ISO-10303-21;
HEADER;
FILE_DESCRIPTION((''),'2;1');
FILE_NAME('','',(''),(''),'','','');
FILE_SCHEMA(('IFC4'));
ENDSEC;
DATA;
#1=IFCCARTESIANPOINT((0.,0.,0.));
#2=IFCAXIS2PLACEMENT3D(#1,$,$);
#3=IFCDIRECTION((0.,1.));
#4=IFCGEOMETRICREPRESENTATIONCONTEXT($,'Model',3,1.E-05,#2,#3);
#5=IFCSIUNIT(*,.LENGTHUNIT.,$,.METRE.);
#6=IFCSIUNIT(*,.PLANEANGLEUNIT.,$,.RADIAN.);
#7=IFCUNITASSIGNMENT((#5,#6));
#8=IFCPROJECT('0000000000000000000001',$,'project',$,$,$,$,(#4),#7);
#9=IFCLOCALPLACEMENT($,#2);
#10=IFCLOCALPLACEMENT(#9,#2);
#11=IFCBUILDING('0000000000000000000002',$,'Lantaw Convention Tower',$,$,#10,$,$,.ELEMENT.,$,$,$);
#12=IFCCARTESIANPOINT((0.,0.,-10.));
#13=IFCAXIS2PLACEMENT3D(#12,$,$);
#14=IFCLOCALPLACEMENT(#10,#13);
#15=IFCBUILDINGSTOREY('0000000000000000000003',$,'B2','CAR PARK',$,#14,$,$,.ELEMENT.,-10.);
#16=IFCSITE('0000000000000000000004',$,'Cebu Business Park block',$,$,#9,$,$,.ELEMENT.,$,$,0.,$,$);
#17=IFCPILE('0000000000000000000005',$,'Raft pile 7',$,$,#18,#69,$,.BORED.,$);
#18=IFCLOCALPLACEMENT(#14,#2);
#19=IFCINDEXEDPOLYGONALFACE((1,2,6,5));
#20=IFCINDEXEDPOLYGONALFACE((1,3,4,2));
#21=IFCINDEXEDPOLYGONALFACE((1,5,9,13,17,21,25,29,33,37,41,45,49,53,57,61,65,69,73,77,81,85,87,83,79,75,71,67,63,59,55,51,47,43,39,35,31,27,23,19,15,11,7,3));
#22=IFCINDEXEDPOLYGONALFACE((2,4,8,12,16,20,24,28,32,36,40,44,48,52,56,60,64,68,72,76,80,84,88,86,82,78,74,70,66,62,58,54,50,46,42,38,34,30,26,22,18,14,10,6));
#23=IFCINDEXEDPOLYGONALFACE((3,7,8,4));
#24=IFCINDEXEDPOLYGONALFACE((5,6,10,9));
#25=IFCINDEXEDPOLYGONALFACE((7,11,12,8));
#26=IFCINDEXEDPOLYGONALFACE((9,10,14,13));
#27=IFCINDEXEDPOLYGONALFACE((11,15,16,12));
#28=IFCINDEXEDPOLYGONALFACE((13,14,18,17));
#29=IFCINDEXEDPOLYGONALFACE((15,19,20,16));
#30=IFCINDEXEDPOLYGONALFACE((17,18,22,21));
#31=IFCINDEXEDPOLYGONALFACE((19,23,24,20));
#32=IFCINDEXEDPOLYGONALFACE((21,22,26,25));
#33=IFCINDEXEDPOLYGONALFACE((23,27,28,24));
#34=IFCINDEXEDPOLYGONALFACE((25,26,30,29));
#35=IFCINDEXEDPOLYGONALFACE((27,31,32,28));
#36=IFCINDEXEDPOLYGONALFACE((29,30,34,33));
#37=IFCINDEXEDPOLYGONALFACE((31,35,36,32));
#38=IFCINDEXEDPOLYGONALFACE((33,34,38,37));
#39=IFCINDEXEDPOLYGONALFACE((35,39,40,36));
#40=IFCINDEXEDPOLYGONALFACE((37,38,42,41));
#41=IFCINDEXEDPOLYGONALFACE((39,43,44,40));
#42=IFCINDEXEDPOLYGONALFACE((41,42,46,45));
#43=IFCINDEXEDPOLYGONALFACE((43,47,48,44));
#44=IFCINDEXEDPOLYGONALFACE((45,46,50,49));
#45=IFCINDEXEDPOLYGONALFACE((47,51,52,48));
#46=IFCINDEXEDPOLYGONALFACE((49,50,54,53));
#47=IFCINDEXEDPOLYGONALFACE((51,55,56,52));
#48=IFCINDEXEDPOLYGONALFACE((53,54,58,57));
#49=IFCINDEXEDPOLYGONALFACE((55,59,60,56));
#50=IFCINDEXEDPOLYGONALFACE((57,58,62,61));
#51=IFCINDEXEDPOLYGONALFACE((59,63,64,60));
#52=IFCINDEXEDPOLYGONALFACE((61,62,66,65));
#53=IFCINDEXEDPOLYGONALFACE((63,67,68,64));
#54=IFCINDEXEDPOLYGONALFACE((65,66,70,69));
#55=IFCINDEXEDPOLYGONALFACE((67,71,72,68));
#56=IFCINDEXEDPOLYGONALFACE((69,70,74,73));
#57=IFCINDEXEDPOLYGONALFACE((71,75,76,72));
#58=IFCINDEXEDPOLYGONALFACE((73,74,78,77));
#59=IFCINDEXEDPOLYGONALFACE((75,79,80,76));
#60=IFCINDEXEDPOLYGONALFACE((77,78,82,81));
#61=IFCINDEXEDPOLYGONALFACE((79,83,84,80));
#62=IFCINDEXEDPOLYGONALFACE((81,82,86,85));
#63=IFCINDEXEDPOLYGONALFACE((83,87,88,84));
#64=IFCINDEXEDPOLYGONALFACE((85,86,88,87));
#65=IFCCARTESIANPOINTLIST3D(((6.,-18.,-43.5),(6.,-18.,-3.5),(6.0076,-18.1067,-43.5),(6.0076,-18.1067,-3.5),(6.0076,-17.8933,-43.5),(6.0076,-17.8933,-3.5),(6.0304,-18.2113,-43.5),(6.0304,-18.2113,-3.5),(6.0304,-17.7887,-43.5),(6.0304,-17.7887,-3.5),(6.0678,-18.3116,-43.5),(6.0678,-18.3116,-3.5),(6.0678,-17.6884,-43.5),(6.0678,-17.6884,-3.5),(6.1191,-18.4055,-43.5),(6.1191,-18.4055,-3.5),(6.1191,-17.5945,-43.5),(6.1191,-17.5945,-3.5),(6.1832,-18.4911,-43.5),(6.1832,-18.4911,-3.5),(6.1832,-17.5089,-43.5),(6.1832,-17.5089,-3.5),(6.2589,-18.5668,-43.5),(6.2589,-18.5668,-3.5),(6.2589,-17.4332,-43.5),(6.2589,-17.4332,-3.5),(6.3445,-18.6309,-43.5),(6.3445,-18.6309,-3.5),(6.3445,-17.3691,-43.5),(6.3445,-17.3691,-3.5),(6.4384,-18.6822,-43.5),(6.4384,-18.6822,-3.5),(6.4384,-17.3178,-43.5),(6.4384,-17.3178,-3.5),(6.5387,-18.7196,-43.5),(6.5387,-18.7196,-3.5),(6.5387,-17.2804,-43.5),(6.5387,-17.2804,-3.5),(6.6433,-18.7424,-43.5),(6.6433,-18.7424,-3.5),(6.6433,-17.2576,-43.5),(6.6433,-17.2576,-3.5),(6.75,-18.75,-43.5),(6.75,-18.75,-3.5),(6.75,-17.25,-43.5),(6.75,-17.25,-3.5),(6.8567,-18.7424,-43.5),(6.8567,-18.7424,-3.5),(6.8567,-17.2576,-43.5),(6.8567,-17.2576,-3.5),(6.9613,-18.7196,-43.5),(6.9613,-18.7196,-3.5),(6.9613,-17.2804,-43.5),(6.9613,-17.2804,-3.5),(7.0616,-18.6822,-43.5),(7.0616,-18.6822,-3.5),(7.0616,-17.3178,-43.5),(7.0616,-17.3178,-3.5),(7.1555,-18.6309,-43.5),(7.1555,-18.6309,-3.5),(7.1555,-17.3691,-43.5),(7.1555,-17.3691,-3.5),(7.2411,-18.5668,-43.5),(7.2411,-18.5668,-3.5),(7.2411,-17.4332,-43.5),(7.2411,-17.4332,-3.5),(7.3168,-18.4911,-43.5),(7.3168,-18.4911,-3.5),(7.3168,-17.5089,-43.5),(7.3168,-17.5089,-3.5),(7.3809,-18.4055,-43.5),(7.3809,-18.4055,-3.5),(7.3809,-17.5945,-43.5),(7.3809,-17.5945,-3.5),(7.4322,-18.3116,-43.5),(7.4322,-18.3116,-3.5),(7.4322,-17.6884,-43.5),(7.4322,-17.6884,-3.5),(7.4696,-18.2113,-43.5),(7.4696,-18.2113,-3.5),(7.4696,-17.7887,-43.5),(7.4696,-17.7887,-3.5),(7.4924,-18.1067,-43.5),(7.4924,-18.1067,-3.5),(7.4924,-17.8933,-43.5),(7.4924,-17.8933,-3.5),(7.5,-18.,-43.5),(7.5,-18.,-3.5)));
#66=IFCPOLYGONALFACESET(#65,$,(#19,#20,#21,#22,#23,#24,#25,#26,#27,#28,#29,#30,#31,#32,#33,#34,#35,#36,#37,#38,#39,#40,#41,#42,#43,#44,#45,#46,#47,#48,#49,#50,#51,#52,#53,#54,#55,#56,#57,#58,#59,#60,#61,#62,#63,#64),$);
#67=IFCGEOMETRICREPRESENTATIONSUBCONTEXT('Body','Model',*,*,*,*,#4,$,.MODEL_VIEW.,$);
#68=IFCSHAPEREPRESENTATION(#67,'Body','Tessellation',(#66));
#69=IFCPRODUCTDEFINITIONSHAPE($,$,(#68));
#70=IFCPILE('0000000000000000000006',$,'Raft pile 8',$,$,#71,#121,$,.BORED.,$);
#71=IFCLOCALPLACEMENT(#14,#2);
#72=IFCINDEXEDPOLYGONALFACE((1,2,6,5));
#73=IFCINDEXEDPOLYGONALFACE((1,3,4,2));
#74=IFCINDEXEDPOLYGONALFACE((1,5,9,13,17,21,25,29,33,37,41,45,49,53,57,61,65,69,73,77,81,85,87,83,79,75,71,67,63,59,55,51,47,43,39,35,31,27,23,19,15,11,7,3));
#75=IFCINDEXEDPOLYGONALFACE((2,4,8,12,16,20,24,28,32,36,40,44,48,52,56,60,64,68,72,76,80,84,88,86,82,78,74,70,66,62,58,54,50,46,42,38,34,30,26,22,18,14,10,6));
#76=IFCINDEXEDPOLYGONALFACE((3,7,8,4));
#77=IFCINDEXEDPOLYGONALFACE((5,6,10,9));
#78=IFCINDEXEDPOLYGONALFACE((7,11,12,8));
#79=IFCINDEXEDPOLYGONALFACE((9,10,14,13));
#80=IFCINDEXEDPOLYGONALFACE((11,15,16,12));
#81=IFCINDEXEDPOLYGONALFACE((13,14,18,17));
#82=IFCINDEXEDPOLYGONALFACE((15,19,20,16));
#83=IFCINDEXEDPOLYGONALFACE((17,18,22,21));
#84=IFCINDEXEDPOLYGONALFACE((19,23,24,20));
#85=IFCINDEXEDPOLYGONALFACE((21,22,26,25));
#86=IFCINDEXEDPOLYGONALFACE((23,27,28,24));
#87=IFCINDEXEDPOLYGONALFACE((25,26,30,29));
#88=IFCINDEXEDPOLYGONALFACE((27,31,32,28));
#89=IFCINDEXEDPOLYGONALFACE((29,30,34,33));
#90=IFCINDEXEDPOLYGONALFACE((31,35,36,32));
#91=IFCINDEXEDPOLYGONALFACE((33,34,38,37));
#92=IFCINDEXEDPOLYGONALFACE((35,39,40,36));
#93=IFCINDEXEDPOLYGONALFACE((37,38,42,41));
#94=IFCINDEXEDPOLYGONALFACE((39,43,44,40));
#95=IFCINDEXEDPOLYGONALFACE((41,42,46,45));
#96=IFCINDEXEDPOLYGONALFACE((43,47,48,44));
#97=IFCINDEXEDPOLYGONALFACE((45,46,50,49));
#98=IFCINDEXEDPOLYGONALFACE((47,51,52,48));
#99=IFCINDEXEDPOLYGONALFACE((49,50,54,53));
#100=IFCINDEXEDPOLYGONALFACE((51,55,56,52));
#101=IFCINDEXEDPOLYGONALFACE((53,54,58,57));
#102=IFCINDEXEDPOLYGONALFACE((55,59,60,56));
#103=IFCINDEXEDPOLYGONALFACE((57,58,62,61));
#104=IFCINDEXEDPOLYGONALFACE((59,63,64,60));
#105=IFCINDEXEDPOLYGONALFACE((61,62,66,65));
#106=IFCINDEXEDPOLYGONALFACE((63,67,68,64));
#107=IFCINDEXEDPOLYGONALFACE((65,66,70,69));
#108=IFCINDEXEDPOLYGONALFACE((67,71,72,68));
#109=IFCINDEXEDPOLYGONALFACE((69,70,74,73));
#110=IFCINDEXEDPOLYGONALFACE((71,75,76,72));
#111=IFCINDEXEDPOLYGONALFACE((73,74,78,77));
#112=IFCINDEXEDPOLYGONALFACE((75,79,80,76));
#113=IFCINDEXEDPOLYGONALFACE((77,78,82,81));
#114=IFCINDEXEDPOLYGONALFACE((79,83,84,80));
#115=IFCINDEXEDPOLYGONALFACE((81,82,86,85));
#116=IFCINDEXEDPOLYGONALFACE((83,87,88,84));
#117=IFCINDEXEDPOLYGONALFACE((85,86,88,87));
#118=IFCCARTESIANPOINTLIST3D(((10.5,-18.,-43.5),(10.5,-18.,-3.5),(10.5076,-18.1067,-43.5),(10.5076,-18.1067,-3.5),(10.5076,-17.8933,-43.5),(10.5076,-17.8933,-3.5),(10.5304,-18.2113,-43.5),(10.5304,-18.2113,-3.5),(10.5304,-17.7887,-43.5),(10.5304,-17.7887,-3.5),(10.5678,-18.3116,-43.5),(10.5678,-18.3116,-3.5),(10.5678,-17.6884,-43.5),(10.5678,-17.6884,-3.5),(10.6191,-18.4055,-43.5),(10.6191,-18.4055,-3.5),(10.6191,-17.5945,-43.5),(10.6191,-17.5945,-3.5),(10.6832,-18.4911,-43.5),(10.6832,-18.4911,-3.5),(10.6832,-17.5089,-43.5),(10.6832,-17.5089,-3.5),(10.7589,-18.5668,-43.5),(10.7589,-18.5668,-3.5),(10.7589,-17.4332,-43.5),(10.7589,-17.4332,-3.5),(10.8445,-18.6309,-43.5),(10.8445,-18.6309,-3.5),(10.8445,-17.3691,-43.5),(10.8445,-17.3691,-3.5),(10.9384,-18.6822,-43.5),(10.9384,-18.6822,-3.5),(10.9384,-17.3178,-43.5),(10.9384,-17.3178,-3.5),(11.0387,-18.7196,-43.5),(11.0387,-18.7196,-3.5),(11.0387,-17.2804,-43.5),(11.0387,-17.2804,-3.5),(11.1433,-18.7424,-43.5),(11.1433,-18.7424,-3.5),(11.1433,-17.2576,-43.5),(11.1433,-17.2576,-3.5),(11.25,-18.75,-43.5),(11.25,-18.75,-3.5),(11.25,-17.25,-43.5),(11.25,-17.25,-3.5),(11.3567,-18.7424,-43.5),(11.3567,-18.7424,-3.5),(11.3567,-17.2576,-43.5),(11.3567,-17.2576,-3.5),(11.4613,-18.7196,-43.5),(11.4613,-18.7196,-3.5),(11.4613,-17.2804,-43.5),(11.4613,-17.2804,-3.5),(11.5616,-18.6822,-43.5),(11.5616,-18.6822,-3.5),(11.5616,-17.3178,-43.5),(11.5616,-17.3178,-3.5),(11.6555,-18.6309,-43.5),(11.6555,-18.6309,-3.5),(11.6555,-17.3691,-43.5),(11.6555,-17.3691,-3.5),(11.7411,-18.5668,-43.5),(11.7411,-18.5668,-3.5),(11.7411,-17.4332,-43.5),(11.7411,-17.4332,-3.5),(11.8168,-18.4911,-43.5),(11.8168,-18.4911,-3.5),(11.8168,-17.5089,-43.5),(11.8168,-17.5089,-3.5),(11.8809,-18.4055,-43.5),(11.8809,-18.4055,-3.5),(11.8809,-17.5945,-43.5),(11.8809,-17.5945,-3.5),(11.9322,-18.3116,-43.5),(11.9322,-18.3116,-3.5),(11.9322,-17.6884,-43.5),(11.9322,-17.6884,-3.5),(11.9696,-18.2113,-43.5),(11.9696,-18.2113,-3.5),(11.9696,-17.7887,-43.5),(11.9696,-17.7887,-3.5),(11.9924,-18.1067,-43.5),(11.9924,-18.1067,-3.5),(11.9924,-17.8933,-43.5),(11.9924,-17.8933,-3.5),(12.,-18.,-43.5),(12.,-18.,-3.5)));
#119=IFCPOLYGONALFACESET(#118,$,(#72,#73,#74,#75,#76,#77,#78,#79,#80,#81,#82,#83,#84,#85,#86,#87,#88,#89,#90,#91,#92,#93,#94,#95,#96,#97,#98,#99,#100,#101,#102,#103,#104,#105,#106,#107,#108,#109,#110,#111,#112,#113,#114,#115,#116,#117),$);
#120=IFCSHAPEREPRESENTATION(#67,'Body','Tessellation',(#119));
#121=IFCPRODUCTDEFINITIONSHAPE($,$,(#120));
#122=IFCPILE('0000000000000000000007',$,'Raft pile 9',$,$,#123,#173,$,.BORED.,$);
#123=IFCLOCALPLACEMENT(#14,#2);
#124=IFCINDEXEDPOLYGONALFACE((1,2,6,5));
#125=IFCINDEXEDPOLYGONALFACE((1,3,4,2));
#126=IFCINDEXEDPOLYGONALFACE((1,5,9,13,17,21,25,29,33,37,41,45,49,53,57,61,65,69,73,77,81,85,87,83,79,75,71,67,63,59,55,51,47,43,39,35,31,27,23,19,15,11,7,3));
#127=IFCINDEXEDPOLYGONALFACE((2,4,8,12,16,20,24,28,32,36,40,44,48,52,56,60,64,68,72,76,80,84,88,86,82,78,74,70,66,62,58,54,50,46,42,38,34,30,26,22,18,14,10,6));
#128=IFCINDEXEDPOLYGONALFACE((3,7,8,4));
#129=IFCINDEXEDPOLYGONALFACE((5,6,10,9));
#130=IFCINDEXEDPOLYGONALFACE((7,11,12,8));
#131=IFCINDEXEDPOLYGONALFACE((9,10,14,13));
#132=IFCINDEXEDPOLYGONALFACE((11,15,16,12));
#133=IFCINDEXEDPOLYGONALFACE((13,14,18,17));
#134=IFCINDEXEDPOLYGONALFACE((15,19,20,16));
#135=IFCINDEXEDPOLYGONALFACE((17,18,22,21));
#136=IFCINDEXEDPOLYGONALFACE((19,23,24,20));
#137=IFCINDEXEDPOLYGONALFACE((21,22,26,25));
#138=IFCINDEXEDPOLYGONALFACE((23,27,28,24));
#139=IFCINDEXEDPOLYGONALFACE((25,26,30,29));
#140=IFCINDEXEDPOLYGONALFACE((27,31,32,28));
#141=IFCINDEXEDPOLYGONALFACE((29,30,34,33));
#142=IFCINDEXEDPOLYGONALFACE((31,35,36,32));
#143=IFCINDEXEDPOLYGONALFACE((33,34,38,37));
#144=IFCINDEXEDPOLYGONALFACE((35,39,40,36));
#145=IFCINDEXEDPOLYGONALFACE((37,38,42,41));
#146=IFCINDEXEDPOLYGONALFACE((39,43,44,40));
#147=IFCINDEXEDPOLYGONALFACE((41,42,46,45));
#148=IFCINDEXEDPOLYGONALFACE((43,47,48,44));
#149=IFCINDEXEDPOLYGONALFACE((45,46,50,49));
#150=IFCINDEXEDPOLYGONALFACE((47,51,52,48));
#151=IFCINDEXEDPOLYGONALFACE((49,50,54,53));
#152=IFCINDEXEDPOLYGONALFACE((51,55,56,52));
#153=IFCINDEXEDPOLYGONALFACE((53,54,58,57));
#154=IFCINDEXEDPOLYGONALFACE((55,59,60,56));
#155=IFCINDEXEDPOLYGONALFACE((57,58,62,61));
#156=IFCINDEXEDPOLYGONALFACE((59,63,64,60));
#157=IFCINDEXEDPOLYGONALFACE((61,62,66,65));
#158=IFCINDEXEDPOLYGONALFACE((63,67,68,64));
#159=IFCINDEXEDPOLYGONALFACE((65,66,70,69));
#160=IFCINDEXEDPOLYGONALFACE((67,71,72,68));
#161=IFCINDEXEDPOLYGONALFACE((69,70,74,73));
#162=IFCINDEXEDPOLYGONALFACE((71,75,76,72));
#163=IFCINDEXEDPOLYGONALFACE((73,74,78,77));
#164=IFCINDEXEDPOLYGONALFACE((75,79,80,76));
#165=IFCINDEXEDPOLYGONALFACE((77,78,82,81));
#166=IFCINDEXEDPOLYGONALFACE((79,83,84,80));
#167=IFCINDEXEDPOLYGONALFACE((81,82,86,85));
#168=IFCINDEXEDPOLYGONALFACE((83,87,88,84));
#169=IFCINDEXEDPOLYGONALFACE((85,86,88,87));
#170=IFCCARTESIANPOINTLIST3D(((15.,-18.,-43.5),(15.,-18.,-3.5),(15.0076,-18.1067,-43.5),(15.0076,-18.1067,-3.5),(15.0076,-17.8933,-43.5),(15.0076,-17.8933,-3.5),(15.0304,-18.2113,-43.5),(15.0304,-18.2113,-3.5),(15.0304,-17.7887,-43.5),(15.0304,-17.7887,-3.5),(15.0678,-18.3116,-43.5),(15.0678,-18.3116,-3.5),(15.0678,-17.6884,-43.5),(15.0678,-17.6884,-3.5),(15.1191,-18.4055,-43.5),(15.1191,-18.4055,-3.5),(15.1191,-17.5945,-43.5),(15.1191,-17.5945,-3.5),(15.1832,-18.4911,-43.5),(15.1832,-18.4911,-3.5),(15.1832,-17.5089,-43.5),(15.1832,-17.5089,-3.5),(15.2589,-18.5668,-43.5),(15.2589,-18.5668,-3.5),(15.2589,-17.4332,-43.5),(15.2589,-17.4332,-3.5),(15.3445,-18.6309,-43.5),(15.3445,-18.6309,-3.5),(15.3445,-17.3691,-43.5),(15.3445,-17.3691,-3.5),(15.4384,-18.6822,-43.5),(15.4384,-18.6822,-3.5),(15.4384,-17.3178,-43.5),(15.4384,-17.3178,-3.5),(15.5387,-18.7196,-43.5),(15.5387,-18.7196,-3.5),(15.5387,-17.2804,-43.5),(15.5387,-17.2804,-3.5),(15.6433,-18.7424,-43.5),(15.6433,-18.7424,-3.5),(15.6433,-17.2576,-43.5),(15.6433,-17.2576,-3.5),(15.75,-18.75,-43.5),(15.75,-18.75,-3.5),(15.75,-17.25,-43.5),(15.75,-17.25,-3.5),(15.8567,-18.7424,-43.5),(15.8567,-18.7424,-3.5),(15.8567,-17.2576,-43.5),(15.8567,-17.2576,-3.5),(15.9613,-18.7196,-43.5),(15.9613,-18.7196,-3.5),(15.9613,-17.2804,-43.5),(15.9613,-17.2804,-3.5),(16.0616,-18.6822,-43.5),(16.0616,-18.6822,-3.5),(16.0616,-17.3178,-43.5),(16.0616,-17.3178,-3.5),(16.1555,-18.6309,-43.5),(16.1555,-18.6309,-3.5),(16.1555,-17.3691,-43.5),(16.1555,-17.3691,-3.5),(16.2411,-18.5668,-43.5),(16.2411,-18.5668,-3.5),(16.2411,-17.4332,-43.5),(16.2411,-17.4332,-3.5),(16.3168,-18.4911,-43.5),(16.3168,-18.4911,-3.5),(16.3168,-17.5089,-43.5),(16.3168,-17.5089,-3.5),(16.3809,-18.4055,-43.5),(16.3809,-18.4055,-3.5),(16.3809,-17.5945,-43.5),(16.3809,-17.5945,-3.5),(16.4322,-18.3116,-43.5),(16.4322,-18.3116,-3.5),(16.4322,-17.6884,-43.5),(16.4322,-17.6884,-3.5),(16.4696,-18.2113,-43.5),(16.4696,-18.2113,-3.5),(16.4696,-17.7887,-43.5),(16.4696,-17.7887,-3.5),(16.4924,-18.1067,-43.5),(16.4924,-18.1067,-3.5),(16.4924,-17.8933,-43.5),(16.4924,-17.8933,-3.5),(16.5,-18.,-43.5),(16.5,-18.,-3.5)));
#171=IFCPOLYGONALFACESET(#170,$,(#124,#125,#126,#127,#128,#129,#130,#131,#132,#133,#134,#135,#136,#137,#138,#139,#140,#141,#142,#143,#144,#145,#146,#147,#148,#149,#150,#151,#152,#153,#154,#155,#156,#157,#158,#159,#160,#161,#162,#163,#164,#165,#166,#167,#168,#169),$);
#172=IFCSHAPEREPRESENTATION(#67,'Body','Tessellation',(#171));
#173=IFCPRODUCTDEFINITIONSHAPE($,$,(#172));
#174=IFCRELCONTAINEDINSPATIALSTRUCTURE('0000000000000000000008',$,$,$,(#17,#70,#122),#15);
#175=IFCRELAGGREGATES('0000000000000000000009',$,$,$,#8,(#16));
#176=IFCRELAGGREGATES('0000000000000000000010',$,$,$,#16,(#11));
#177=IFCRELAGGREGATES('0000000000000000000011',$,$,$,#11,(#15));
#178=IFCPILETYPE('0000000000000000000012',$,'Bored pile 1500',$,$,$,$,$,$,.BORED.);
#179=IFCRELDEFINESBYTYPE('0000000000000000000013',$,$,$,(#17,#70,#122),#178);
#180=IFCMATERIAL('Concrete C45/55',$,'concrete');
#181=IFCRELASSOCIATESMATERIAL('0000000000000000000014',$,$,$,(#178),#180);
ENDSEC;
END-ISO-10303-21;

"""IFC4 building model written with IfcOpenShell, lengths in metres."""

from ifc_helpers import new_model, si_unit, direction, frame, origin, origin_2d, place, context, subcontext, project, spatial, circle, extrude, material, material_profile, profile_set, type_object, element, save


model = new_model("IFC4")

# Units and contexts
model_context = context("Model", 3, precision=1e-05, world=origin(), true_north=direction((0.0, 1.0)))
body_context = subcontext(model_context, "Body", "Model", "MODEL_VIEW")
ifc_project = project(units=[si_unit("LENGTHUNIT", "METRE"), si_unit("PLANEANGLEUNIT", "RADIAN")], contexts=[model_context])

# Site, building, storey
site_placement = place(None, origin())
site = spatial("IfcSite", under=ifc_project, at=site_placement, Name="Cebu Business Park block", CompositionType="ELEMENT", RefElevation=0.0)
building_placement = place(site_placement, origin())
building = spatial("IfcBuilding", under=site, at=building_placement, Name="Lantaw Convention Tower", CompositionType="ELEMENT")
storey_placement = place(building_placement, frame((0.0, 0.0, -10.0)))
storey = spatial("IfcBuildingStorey", under=building, at=storey_placement, Name="B2", Description="CAR PARK", CompositionType="ELEMENT", Elevation=-10.0)

# Piles
ifc_material_1 = material(Name="Concrete C45/55", Category="concrete")
ifc_material_profile_1 = material_profile(ifc_material_1, circle(Radius=0.75, at=origin_2d()), Name="Bored pile 1500")
ifc_profile_set_1 = profile_set([ifc_material_profile_1], Name="Concrete C45/55")
pile_type_1 = type_object("IfcPileType", Name="Bored pile 1500", PredefinedType="BORED", material=ifc_profile_set_1)
for number, where, z_axis, x_axis, name in (
    (1, (6.75, -18.0, -3.5), (0.0, 0.0, -1.0), (1.0, 0.0, 0.0), "Raft pile 7"),
    (2, (11.25, -18.0, -3.5), (0.0, 0.0, -1.0), (1.0, 0.0, 0.0), "Raft pile 8"),
    (3, (15.75, -18.0, -3.5), (0.0, 0.0, -1.0), (1.0, 0.0, 0.0), "Raft pile 9"),
):
    element("IfcPile", number, at=place(storey_placement, frame(where, z_axis=z_axis, x_axis=x_axis)), inside=storey, type_object=pile_type_1, Name=name, PredefinedType="BORED", context=body_context, shape_type="SweptSolid", body=[
        extrude(circle(Radius=0.75, at=origin_2d()), origin(), (0.0, 0.0, 1.0), 40.0),
    ])

save(model, "model.ifc")
